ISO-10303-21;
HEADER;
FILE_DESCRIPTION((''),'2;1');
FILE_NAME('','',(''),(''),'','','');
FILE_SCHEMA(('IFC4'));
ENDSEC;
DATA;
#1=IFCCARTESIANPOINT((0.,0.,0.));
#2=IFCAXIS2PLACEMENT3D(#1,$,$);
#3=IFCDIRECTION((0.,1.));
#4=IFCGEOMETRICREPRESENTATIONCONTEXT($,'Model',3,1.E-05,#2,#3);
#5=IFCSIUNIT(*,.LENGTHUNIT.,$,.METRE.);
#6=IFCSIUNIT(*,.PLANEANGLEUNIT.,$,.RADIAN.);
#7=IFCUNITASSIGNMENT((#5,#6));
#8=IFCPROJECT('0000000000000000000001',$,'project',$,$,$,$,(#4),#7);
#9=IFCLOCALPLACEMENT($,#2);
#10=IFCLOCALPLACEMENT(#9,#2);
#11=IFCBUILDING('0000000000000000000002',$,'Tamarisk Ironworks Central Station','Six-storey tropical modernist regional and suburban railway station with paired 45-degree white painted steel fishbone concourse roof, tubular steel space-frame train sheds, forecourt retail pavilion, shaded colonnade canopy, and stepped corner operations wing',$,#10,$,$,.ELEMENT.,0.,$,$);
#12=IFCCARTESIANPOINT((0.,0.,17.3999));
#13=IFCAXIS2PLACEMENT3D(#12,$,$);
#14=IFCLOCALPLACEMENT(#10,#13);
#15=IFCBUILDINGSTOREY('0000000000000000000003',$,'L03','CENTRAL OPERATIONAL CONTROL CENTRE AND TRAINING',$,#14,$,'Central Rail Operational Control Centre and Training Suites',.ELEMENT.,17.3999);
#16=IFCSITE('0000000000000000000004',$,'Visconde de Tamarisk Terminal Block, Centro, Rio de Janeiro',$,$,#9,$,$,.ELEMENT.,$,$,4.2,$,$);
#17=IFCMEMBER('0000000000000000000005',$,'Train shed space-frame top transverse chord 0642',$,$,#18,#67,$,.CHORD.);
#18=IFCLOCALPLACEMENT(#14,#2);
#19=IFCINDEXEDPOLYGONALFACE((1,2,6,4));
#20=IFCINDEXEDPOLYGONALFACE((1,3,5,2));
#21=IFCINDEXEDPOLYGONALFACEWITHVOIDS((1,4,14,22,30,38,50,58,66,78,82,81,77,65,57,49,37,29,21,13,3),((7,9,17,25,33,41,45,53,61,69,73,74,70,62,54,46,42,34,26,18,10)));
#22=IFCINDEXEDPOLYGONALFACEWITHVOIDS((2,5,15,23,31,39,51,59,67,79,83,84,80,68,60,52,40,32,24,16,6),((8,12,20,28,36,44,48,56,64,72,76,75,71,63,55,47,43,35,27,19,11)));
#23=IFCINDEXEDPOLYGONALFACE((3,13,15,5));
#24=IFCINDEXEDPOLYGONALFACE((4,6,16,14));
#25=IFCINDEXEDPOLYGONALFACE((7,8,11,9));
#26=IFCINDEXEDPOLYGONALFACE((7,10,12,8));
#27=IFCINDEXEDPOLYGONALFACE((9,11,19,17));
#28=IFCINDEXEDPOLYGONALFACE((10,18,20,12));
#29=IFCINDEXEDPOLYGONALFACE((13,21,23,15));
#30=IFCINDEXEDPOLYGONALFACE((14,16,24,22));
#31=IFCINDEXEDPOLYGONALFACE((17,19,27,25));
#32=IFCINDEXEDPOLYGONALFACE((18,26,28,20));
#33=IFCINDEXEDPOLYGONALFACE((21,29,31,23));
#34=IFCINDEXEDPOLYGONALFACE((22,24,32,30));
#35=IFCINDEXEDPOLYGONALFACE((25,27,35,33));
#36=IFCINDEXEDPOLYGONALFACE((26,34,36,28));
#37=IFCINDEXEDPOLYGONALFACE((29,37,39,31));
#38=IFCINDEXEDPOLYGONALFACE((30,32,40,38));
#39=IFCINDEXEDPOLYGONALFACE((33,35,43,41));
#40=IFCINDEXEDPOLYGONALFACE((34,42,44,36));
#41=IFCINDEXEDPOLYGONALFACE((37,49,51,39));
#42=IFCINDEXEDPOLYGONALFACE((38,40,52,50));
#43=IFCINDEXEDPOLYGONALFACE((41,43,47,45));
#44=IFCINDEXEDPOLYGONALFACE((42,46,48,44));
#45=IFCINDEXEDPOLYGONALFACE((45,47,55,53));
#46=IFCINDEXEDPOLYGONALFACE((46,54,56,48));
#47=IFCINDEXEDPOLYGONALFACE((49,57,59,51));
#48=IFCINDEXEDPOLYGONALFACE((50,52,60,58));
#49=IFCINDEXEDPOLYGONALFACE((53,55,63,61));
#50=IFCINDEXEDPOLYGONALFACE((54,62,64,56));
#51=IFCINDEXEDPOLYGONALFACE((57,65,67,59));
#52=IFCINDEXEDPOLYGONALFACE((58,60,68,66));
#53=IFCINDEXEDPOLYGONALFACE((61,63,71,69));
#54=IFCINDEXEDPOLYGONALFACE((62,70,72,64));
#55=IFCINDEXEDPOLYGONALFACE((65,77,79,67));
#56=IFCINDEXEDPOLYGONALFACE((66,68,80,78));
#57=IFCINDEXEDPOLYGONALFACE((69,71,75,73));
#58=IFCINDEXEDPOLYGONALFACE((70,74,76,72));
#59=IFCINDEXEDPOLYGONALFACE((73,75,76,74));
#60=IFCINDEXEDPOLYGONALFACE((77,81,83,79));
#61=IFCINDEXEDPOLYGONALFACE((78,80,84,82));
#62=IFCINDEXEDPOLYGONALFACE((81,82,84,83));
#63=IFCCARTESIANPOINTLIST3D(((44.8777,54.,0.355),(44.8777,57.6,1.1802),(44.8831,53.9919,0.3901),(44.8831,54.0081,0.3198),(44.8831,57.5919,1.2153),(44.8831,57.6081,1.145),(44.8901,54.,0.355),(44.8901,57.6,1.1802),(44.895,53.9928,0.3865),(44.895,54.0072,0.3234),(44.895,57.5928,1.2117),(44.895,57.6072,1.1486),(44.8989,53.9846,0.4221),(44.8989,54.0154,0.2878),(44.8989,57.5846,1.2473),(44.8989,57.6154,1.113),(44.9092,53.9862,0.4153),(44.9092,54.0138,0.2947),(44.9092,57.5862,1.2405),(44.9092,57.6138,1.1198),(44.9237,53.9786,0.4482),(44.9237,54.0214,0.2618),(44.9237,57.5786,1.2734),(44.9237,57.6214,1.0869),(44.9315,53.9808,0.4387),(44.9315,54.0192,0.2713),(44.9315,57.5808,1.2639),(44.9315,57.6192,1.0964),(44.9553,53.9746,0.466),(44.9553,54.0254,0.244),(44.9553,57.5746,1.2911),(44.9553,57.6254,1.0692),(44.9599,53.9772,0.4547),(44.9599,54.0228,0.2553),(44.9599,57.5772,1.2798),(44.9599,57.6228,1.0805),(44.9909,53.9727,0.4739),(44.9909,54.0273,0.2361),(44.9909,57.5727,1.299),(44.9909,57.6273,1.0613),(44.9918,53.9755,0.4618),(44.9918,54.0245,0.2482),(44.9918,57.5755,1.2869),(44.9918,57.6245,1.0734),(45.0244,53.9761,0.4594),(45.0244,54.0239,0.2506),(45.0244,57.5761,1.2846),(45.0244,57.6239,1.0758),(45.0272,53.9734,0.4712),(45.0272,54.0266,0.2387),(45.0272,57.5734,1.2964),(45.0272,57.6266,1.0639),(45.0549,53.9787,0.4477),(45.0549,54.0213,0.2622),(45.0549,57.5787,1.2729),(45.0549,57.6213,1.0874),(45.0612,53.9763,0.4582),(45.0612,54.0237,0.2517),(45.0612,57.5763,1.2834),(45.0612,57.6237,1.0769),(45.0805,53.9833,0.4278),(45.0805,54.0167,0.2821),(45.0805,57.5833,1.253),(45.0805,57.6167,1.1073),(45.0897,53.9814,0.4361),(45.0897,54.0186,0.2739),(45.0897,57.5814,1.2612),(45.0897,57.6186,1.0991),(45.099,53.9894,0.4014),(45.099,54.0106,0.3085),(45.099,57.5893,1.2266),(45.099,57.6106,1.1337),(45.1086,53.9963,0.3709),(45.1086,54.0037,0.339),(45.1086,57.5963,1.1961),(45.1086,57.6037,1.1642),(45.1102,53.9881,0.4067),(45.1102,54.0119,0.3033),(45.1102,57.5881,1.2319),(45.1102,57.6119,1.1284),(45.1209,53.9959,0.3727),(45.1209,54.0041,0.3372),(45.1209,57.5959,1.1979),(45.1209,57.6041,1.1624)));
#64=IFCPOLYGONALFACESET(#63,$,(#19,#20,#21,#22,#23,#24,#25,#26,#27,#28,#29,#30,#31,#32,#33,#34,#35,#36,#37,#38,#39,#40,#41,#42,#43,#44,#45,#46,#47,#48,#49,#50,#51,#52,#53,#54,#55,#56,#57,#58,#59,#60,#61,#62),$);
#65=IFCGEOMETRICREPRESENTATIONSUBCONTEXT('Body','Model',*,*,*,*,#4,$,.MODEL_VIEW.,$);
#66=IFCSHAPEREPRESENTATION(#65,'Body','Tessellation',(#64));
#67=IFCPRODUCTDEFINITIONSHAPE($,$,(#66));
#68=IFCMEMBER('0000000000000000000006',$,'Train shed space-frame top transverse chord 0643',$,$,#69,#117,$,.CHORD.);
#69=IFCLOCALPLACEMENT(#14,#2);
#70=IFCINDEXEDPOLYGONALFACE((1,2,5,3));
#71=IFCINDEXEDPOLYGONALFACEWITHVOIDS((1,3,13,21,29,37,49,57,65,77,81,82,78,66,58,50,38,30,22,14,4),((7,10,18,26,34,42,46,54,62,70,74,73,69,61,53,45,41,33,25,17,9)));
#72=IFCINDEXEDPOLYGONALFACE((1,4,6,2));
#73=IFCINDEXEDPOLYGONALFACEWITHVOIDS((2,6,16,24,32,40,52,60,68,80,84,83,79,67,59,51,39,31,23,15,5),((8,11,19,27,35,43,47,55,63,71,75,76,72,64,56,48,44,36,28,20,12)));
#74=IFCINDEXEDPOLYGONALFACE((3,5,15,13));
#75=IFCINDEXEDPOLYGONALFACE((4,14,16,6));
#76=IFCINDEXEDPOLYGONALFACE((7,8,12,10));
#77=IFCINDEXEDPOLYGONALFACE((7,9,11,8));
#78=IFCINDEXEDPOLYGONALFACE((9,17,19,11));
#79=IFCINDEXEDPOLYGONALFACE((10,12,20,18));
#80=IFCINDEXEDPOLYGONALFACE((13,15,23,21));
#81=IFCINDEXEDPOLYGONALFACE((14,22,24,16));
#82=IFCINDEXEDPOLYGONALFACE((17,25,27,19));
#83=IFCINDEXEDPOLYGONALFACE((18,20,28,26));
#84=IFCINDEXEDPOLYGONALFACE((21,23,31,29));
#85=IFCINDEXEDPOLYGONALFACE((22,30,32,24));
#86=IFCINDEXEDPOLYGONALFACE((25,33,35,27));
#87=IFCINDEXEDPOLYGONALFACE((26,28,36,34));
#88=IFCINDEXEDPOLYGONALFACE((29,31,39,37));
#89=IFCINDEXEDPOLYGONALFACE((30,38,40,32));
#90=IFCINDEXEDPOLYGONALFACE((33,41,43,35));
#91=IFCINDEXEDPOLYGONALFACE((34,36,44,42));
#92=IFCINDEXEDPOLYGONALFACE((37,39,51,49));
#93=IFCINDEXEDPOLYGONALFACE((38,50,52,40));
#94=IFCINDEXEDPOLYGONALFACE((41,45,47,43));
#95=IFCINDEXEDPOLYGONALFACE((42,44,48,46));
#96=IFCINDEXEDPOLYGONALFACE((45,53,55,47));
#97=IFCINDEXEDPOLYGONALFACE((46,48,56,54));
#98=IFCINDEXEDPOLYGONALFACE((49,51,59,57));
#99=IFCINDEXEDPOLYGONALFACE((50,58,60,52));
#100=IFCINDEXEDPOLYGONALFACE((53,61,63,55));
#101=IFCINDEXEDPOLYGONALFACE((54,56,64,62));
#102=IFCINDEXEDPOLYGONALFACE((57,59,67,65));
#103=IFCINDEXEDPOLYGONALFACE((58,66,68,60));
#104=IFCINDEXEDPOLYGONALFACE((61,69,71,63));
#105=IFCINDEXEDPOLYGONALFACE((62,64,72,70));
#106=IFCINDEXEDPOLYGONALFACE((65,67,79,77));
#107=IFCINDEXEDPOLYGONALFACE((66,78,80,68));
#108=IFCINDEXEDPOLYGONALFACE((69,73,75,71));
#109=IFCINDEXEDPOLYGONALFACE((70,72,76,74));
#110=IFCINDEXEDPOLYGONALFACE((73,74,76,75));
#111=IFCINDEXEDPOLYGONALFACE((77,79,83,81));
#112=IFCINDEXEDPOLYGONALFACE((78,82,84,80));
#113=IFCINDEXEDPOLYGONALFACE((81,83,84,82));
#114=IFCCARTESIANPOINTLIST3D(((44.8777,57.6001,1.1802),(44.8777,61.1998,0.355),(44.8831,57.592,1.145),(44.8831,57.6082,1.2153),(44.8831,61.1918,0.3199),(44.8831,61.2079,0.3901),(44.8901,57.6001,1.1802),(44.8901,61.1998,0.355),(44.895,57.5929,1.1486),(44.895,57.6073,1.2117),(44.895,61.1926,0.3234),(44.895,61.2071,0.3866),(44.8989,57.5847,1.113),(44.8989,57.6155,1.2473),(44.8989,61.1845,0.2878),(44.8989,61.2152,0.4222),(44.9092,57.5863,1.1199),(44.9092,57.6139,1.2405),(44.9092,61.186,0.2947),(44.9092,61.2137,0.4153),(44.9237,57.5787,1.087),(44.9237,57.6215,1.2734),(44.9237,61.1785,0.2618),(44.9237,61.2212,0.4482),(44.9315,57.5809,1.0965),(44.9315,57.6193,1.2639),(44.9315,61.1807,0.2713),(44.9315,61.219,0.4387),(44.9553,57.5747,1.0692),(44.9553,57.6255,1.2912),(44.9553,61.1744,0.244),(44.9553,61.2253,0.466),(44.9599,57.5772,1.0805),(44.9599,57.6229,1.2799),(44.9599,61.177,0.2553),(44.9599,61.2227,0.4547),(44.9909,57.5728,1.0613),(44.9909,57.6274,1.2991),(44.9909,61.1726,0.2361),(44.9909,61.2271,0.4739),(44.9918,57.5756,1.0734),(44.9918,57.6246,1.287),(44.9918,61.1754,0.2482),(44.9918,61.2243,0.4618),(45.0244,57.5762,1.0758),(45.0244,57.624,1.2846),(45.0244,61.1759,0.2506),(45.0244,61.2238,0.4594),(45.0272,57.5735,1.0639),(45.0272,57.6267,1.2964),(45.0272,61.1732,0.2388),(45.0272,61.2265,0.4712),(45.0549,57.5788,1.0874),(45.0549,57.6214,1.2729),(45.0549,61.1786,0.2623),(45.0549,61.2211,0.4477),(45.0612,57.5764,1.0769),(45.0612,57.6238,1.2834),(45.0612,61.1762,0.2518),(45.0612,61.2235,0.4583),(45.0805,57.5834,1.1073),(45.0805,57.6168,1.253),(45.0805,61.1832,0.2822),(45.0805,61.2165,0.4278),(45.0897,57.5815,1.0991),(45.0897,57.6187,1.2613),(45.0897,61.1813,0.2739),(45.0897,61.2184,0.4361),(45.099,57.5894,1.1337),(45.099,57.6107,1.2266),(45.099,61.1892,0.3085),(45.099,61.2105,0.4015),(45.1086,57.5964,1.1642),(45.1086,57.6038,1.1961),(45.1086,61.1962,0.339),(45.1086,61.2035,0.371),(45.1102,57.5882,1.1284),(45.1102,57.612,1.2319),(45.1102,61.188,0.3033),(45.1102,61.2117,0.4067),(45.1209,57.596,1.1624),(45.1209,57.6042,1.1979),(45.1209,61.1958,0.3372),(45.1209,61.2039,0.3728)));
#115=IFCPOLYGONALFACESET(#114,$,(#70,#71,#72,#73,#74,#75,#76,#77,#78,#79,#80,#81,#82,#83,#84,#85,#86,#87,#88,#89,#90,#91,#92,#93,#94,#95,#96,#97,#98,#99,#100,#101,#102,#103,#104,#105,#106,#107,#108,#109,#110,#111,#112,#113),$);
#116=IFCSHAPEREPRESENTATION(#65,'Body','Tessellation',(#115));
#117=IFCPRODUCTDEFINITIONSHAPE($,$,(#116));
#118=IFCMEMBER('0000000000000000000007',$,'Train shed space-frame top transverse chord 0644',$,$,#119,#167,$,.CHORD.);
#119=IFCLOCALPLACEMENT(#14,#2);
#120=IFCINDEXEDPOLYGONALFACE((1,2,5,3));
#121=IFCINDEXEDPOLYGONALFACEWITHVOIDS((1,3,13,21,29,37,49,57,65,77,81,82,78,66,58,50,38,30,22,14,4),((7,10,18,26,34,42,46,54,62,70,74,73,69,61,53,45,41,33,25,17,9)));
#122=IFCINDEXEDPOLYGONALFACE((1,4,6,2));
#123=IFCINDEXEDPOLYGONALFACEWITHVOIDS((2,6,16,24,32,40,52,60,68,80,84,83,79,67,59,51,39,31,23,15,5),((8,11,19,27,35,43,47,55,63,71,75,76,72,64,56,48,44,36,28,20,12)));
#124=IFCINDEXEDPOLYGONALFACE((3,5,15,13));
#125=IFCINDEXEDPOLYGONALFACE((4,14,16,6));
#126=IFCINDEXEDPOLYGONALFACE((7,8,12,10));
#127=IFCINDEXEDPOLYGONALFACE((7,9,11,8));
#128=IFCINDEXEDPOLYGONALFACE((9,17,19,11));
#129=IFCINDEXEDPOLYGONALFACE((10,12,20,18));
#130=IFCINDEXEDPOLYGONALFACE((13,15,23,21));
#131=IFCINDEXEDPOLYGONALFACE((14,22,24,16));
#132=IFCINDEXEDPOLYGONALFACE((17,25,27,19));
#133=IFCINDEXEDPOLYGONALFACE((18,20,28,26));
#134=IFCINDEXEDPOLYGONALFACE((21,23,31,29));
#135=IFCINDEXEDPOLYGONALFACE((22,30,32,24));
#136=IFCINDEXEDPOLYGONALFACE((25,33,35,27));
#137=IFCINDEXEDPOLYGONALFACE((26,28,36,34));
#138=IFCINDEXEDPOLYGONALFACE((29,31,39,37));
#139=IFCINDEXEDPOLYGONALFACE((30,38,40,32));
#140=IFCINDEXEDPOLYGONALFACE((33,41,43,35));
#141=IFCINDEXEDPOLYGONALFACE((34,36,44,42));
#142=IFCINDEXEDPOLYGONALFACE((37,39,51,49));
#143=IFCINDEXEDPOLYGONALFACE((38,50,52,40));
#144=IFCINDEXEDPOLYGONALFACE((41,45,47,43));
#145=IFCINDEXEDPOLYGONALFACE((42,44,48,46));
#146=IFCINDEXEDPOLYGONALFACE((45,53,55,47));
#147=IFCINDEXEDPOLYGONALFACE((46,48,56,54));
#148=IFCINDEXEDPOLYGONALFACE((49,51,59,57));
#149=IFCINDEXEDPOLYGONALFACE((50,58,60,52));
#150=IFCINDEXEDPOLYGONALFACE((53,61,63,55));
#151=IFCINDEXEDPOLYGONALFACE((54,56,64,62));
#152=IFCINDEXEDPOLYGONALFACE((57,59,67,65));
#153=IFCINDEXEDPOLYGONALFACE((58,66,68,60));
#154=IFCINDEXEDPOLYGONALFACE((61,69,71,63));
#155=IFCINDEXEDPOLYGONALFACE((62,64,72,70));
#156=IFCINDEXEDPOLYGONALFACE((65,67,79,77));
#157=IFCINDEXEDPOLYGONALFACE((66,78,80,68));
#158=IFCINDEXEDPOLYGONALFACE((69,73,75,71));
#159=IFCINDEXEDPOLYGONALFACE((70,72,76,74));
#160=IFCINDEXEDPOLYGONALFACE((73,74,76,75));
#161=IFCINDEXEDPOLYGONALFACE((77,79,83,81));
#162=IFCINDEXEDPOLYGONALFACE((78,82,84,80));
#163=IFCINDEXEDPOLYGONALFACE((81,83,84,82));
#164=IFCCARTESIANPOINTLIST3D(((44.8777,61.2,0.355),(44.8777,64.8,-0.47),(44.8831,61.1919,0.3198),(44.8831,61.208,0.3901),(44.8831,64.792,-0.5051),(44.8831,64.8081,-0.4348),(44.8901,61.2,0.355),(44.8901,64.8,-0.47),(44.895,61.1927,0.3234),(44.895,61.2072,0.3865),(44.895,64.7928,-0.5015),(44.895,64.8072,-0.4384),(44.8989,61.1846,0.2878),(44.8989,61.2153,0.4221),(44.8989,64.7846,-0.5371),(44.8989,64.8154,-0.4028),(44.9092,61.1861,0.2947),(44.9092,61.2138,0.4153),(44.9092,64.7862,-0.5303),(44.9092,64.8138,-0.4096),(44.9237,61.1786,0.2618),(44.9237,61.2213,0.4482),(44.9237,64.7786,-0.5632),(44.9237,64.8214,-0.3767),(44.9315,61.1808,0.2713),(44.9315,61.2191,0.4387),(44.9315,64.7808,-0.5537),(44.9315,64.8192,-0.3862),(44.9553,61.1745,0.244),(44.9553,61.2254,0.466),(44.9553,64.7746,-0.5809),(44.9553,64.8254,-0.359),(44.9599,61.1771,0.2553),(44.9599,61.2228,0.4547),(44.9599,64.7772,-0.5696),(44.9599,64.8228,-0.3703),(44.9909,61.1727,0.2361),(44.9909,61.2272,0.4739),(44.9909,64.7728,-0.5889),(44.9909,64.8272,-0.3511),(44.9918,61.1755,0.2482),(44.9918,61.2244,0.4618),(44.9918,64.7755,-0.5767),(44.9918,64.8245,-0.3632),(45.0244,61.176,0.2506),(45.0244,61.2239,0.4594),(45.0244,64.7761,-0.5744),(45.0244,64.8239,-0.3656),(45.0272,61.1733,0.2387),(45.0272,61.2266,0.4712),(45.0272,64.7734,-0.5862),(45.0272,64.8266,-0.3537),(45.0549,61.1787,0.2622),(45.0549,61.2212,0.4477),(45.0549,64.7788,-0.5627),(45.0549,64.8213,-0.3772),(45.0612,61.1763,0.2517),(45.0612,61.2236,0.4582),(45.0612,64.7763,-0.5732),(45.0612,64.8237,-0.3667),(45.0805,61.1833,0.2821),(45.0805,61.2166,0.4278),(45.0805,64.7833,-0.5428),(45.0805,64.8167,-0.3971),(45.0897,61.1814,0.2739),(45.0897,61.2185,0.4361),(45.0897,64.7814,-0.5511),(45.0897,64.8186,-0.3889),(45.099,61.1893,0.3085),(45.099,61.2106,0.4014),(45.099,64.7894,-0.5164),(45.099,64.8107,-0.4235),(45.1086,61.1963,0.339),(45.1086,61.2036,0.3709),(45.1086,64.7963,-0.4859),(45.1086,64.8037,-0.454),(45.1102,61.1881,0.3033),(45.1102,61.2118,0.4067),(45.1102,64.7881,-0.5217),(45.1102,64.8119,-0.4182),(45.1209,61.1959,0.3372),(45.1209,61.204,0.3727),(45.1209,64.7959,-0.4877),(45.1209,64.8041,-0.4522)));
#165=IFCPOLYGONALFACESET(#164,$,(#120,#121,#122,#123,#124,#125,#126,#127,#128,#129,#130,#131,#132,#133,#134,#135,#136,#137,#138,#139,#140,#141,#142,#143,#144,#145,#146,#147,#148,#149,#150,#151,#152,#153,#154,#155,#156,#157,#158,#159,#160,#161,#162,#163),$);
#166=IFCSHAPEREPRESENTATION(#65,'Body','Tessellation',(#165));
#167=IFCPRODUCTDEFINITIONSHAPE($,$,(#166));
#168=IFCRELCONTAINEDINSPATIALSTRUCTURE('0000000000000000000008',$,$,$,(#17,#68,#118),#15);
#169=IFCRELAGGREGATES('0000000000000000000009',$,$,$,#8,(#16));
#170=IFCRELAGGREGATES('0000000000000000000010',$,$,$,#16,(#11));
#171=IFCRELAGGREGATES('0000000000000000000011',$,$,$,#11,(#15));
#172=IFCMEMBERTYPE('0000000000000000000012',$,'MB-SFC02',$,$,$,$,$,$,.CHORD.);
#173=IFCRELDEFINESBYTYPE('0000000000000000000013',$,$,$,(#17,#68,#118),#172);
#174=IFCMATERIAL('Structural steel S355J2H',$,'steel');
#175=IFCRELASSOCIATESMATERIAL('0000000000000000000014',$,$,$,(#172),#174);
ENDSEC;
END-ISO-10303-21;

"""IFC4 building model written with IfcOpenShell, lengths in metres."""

from ifc_helpers import new_model, si_unit, direction, frame, origin, origin_2d, place, context, subcontext, project, spatial, hollow_circle, extrude, material, material_profile, profile_set, type_object, element, save


model = new_model("IFC4")

# Units and contexts
model_context = context("Model", 3, precision=1e-05, world=origin(), true_north=direction((0.0, 1.0)))
body_context = subcontext(model_context, "Body", "Model", "MODEL_VIEW")
ifc_project = project(units=[si_unit("LENGTHUNIT", "METRE"), si_unit("PLANEANGLEUNIT", "RADIAN")], contexts=[model_context])

# Site, building, storey
site_placement = place(None, origin())
site = spatial("IfcSite", under=ifc_project, at=site_placement, Name="Visconde de Tamarisk Terminal Block, Centro, Rio de Janeiro", CompositionType="ELEMENT", RefElevation=4.2)
building_placement = place(site_placement, origin())
building = spatial("IfcBuilding", under=site, at=building_placement, Name="Tamarisk Ironworks Central Station", Description="Six-storey tropical modernist regional and suburban railway station with paired 45-degree white painted steel fishbone concourse roof, tubular steel space-frame train sheds, forecourt retail pavilion, shaded colonnade canopy, and stepped corner operations wing", CompositionType="ELEMENT", ElevationOfRefHeight=0.0)
storey_placement = place(building_placement, frame((0.0, 0.0, 17.3999)))
storey = spatial("IfcBuildingStorey", under=building, at=storey_placement, Name="L03", Description="CENTRAL OPERATIONAL CONTROL CENTRE AND TRAINING", LongName="Central Rail Operational Control Centre and Training Suites", CompositionType="ELEMENT", Elevation=17.3999)

# Members
ifc_material_1 = material(Name="Structural steel S355J2H", Category="steel")
ifc_material_profile_1 = material_profile(ifc_material_1, hollow_circle(Radius=0.1223, WallThickness=0.0125, at=origin_2d()), Name="CHS 244.5x12.5")
ifc_profile_set_1 = profile_set([ifc_material_profile_1], Name="Structural steel S355J2H")
member_type_1 = type_object("IfcMemberType", Name="MB-SFC02", PredefinedType="CHORD", material=ifc_profile_set_1)
member_1_placement = place(storey_placement, frame((45.0, 54.0, 0.355), z_axis=(0.0, 0.974722, 0.223421), x_axis=(-1.0, 0.0, 0.0)))
element("IfcMember", 1, at=member_1_placement, inside=storey, type_object=member_type_1, Name="Train shed space-frame top transverse chord 0642", PredefinedType="CHORD", context=body_context, shape_type="SweptSolid", body=[
    extrude(hollow_circle(Radius=0.1223, WallThickness=0.0125, at=origin_2d()), origin(), (0.0, 0.0, 1.0), 3.6934),
])
member_2_placement = place(storey_placement, frame((45.0, 57.6001, 1.1802), z_axis=(0.0, 0.974719, -0.223435), x_axis=(-1.0, 0.0, 0.0)))
element("IfcMember", 2, at=member_2_placement, inside=storey, type_object=member_type_1, Name="Train shed space-frame top transverse chord 0643", PredefinedType="CHORD", context=body_context, shape_type="SweptSolid", body=[
    extrude(hollow_circle(Radius=0.1223, WallThickness=0.0125, at=origin_2d()), origin(), (0.0, 0.0, 1.0), 3.6931),
])
member_3_placement = place(storey_placement, frame((45.0, 61.2, 0.355), z_axis=(0.0, 0.974737, -0.223358), x_axis=(-1.0, 0.0, 0.0)))
element("IfcMember", 3, at=member_3_placement, inside=storey, type_object=member_type_1, Name="Train shed space-frame top transverse chord 0644", PredefinedType="CHORD", context=body_context, shape_type="SweptSolid", body=[
    extrude(hollow_circle(Radius=0.1223, WallThickness=0.0125, at=origin_2d()), origin(), (0.0, 0.0, 1.0), 3.6934),
])

save(model, "model.ifc")
